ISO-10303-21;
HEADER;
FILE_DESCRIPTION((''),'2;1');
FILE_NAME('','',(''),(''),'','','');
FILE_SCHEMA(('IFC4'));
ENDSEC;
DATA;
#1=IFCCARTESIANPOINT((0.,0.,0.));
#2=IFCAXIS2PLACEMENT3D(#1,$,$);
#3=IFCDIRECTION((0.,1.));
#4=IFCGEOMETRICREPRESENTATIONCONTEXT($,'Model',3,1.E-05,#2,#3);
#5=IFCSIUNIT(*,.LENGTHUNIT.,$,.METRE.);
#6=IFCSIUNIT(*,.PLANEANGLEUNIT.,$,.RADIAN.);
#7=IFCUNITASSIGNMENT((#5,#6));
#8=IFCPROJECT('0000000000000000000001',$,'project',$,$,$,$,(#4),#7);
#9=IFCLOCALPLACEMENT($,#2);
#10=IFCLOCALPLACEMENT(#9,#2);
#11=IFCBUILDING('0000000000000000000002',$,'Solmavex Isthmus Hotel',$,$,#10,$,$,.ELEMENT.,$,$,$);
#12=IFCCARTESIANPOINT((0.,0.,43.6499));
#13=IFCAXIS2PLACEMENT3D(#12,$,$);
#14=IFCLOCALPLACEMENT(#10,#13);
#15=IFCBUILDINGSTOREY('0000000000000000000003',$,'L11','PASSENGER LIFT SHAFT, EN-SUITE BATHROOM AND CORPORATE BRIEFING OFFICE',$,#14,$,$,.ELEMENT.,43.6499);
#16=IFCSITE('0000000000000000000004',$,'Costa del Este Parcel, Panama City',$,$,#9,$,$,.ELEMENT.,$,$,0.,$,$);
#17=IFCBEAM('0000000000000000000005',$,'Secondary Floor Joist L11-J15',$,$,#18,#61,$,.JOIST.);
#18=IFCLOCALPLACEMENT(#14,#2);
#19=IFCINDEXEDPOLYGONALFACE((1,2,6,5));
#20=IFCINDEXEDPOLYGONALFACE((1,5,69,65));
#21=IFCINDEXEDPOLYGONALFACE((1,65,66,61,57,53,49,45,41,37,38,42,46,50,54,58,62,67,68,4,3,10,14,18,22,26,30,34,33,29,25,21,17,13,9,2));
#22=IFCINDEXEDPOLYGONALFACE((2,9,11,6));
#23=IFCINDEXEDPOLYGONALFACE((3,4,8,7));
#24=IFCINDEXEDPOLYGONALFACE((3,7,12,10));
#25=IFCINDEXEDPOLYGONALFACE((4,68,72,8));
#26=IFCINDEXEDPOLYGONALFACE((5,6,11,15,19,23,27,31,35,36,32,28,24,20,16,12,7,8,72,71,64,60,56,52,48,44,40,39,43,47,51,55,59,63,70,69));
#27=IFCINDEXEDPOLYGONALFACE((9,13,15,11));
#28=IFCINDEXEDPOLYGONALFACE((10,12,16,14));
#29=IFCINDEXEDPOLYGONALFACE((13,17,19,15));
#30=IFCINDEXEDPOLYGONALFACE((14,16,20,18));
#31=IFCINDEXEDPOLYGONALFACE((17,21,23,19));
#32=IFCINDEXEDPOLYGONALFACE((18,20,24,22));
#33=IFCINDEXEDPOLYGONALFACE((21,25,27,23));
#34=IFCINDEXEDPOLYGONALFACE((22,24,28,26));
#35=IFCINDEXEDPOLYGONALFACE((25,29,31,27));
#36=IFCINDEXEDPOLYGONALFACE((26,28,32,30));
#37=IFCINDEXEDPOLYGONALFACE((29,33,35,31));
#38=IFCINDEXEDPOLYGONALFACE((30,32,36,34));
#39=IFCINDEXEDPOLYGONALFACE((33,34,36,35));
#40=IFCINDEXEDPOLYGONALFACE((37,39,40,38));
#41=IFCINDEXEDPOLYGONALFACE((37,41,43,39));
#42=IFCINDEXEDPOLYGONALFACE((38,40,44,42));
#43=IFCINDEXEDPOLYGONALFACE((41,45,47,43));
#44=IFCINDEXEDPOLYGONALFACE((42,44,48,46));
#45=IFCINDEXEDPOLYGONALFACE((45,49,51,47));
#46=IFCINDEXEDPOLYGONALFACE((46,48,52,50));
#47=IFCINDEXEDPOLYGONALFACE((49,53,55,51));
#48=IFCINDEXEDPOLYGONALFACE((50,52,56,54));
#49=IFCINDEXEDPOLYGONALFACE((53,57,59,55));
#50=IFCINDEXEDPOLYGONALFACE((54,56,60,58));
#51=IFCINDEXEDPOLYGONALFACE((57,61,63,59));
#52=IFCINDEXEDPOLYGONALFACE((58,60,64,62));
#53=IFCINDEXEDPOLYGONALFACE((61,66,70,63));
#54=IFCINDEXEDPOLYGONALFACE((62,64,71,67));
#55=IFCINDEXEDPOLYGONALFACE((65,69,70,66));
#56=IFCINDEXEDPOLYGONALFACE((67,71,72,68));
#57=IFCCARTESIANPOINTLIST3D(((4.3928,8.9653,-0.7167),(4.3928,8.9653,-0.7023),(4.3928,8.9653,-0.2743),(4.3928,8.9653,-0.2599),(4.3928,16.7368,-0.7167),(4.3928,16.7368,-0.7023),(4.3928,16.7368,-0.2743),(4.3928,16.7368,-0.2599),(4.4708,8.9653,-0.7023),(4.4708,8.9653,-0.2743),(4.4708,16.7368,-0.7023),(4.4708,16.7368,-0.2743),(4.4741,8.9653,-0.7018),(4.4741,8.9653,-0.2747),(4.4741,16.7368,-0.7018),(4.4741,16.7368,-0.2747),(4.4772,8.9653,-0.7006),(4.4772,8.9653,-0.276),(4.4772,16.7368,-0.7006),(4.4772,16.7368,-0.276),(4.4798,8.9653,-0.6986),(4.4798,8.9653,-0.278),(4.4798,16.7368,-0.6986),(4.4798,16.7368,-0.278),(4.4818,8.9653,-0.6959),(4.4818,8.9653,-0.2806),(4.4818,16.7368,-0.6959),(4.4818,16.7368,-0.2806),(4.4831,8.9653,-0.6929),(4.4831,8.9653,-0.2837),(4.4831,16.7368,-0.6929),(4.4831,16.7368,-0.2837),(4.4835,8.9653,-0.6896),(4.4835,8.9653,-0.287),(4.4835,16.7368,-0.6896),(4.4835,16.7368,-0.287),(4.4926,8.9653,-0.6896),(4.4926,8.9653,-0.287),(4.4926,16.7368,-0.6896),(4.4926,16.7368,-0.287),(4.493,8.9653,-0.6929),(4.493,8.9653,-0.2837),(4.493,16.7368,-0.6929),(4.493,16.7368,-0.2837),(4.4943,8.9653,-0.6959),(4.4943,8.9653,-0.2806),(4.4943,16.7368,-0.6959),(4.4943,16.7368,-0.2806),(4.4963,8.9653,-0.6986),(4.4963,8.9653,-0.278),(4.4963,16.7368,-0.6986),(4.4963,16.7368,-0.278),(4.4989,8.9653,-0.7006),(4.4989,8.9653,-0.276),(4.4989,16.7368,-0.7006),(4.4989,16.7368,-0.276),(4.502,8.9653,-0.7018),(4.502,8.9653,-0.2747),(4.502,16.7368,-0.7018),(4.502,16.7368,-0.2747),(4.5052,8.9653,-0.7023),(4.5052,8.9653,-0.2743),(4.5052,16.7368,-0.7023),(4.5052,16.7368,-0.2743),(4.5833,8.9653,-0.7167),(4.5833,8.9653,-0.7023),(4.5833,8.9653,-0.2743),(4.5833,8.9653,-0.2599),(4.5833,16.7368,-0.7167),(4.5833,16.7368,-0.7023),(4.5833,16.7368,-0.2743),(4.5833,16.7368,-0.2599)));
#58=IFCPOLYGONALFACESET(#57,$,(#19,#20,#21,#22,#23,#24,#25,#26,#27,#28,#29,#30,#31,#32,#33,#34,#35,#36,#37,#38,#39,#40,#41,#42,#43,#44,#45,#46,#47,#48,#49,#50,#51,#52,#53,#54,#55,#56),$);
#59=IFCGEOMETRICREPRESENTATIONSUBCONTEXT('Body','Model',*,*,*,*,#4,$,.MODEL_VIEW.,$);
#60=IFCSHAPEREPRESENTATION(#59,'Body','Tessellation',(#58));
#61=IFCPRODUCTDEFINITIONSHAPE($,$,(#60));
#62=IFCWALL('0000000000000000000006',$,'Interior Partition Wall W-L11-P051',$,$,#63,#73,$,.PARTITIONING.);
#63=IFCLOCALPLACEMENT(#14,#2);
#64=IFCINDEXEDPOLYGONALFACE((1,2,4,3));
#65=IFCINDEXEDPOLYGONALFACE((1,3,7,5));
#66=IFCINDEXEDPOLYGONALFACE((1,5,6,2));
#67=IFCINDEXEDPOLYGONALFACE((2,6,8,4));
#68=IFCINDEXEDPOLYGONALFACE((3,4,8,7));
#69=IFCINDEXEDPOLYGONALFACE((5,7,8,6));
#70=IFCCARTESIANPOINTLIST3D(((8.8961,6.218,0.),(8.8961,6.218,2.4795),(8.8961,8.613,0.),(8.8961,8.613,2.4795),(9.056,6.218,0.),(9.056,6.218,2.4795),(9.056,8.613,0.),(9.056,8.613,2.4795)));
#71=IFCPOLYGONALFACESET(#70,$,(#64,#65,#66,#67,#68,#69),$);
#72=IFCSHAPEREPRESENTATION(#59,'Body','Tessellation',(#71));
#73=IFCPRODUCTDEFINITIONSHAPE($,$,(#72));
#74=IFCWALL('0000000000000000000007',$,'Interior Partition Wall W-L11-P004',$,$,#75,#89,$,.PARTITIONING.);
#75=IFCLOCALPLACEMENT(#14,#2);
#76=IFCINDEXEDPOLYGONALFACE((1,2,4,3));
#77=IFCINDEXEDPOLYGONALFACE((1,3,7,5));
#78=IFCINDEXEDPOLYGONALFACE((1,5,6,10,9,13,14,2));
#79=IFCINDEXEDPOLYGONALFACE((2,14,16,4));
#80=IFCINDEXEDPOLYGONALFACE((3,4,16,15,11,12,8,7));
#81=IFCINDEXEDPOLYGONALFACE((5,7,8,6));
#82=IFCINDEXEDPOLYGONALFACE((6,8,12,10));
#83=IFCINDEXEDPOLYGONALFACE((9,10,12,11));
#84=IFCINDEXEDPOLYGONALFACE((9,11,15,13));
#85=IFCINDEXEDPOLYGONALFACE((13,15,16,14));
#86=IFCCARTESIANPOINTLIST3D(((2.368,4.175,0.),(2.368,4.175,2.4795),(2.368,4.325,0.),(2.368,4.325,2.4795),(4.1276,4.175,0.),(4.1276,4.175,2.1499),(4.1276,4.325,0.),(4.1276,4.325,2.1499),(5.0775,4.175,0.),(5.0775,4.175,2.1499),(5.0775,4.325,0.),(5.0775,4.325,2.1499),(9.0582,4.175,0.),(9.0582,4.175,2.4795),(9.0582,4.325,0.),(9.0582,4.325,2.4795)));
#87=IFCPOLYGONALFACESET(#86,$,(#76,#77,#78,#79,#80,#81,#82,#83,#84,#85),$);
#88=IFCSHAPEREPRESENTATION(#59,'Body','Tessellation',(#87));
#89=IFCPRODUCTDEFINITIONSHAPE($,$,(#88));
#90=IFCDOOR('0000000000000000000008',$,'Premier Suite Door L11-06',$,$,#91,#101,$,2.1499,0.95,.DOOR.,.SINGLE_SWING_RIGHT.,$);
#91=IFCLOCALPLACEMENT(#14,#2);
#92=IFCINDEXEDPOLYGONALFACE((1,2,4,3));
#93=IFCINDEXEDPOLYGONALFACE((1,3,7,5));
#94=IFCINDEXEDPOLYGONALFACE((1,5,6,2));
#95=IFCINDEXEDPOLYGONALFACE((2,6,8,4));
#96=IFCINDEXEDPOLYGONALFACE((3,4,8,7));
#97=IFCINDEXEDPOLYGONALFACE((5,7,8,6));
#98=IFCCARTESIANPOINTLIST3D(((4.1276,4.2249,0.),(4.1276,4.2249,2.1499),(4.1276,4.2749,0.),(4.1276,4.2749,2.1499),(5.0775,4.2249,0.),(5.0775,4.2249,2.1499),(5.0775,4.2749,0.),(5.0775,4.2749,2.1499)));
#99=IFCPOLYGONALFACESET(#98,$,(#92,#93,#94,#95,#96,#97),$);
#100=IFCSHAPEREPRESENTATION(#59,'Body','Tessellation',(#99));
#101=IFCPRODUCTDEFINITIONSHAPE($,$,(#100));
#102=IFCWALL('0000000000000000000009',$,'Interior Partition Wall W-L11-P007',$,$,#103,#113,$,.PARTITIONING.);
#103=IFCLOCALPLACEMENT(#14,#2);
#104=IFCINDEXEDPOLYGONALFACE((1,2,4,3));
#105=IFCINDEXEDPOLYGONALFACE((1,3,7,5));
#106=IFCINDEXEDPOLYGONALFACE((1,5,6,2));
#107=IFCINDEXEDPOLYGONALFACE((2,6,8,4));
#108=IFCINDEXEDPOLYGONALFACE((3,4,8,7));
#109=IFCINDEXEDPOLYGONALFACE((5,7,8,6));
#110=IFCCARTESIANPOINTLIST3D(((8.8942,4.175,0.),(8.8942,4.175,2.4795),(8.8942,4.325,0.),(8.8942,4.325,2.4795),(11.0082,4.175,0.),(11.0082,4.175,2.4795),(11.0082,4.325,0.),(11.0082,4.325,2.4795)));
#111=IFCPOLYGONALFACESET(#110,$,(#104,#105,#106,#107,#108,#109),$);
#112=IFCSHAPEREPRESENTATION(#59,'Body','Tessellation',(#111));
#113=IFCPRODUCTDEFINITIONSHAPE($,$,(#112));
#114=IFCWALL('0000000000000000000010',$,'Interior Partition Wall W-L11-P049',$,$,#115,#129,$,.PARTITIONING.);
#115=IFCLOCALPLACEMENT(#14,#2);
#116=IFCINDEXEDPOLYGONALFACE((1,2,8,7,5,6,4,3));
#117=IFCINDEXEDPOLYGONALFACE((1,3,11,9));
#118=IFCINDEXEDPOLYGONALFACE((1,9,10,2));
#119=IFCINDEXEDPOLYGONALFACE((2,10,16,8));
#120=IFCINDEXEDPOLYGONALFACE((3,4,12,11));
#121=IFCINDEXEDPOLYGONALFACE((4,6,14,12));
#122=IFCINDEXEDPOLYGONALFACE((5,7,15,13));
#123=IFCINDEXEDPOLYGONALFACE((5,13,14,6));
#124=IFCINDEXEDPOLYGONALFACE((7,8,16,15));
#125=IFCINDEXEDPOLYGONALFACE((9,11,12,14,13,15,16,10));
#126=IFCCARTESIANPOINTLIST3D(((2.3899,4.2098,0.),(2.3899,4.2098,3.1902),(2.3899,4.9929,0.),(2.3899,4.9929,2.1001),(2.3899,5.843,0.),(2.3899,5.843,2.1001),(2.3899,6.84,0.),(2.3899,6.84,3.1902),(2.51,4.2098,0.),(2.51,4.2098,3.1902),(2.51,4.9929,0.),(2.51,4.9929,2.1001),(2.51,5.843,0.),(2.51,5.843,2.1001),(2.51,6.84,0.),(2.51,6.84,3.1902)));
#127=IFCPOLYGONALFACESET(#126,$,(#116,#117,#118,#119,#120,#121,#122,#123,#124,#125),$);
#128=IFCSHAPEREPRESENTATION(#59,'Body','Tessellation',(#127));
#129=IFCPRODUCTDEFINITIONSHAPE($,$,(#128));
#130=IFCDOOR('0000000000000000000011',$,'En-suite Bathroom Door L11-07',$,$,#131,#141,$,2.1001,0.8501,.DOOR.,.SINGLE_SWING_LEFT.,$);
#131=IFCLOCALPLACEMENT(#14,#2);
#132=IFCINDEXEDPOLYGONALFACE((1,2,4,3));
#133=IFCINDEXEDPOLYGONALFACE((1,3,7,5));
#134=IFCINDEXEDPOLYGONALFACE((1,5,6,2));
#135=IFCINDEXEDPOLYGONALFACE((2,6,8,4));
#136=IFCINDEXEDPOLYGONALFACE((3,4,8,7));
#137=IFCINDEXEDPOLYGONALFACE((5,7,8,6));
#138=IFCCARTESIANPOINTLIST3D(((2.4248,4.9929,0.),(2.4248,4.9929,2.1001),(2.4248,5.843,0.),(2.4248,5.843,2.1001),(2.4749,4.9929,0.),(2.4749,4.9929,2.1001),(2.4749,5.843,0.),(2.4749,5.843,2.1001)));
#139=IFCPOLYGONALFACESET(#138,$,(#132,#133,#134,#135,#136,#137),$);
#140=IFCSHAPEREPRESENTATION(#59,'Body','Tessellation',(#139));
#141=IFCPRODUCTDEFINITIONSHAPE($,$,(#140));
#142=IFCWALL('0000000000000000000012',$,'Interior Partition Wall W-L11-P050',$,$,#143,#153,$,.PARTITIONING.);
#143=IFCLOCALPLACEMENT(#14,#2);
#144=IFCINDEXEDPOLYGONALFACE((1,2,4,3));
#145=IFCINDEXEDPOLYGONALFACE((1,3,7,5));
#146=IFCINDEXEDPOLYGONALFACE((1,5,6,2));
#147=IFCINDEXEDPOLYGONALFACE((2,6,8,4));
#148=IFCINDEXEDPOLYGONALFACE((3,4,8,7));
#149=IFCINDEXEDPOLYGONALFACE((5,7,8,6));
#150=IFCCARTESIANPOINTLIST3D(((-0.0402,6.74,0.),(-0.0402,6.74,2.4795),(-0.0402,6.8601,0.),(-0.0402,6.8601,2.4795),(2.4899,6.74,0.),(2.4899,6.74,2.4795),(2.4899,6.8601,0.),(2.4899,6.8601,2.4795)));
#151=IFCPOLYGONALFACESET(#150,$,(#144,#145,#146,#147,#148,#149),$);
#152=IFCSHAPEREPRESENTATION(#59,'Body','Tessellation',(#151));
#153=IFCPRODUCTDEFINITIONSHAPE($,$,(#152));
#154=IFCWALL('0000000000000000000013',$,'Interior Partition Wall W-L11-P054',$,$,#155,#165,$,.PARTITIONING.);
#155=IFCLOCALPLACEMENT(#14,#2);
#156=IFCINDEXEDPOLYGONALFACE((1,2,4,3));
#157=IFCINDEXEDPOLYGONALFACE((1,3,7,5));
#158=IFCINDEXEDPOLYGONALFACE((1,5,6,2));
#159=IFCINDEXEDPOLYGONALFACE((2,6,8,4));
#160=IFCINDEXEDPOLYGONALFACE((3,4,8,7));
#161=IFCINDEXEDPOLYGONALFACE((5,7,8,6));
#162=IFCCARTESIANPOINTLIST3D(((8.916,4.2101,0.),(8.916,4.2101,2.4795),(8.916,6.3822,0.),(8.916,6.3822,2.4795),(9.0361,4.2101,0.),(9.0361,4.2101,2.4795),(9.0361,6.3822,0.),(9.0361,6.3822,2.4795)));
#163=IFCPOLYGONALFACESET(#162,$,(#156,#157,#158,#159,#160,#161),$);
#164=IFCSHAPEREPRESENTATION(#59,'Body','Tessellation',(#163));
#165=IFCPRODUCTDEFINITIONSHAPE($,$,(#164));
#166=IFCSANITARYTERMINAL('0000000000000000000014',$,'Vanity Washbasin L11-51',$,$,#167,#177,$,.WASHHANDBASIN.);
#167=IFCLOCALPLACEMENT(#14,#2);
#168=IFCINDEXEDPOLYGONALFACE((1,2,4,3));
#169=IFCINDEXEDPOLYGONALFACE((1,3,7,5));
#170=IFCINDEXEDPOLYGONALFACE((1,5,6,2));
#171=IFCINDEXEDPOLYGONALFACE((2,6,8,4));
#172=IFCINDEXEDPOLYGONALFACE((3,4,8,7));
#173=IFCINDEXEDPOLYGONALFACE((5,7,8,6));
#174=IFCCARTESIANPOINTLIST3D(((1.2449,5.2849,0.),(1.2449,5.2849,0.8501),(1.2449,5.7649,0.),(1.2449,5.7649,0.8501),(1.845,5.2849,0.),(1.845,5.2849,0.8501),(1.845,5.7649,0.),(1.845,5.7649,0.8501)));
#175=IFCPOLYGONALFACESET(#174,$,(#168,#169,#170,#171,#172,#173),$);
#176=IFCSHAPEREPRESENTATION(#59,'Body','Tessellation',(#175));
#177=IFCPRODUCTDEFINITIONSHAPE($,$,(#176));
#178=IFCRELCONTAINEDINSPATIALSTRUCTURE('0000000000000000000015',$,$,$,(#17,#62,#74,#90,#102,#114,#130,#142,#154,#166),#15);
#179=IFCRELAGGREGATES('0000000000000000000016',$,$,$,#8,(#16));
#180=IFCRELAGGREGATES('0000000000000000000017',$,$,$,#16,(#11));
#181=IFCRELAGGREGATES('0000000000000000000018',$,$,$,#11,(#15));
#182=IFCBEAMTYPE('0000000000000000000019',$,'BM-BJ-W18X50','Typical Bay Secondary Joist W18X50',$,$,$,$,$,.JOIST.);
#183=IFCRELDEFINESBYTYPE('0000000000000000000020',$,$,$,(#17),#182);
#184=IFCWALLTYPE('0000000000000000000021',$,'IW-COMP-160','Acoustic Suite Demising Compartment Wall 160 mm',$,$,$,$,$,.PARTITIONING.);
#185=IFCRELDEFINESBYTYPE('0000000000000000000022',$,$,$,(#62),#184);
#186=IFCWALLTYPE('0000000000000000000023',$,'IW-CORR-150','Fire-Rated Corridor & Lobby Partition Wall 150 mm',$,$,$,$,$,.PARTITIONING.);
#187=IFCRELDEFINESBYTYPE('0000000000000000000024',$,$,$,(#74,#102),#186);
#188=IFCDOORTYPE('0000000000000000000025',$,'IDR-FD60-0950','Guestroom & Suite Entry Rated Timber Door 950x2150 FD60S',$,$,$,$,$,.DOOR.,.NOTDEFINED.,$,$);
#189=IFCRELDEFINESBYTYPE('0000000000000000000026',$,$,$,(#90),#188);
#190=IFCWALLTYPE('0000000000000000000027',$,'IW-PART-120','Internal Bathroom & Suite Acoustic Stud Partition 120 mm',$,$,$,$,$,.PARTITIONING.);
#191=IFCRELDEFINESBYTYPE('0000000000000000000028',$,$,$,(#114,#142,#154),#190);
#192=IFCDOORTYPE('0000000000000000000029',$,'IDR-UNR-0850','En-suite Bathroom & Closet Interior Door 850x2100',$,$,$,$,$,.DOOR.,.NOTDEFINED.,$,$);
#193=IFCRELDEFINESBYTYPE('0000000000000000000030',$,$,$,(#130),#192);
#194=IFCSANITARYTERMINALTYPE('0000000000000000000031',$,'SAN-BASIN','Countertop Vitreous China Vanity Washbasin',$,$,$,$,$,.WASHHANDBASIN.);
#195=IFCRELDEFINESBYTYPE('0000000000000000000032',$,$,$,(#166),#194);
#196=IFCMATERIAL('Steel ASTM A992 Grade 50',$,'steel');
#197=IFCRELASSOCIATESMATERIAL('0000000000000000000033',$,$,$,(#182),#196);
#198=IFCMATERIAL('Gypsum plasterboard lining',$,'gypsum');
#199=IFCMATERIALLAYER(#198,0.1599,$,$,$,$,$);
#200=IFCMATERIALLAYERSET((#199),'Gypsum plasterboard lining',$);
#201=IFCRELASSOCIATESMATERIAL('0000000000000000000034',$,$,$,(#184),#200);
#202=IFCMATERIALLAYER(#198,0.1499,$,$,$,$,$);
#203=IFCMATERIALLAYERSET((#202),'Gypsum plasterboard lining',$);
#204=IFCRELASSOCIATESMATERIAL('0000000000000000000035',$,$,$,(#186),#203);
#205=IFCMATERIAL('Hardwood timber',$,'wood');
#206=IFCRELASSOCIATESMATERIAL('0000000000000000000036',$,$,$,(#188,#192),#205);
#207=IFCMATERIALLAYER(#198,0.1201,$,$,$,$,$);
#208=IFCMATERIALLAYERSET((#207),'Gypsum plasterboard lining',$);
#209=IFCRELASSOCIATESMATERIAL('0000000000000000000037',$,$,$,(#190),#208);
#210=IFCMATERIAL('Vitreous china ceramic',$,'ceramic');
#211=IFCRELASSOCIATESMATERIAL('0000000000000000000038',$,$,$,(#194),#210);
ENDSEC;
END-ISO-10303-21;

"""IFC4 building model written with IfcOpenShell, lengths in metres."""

from ifc_helpers import new_model, si_unit, direction, frame, frame_2d, origin, origin_2d, place, context, subcontext, project, spatial, rectangle, i_section, extrude, material, layer, layer_set, material_profile, profile_set, type_object, element, fill, save


model = new_model("IFC4")

# Units and contexts
model_context = context("Model", 3, precision=1e-05, world=origin(), true_north=direction((0.0, 1.0)))
body_context = subcontext(model_context, "Body", "Model", "MODEL_VIEW")
ifc_project = project(units=[si_unit("LENGTHUNIT", "METRE"), si_unit("PLANEANGLEUNIT", "RADIAN")], contexts=[model_context])

# Site, building, storey
site_placement = place(None, origin())
site = spatial("IfcSite", under=ifc_project, at=site_placement, Name="Costa del Este Parcel, Panama City", CompositionType="ELEMENT", RefElevation=0.0)
building_placement = place(site_placement, origin())
building = spatial("IfcBuilding", under=site, at=building_placement, Name="Solmavex Isthmus Hotel", CompositionType="ELEMENT")
storey_placement = place(building_placement, frame((0.0, 0.0, 43.6499)))
storey = spatial("IfcBuildingStorey", under=building, at=storey_placement, Name="L11", Description="PASSENGER LIFT SHAFT, EN-SUITE BATHROOM AND CORPORATE BRIEFING OFFICE", CompositionType="ELEMENT", Elevation=43.6499)

# Beam
ifc_material_1 = material(Name="Steel ASTM A992 Grade 50", Category="steel")
ifc_material_profile_1 = material_profile(ifc_material_1, i_section(OverallWidth=0.1904, OverallDepth=0.4568, WebThickness=0.009, FlangeThickness=0.0144, FilletRadius=0.0127, at=origin_2d()), Name="W18X50")
ifc_profile_set_1 = profile_set([ifc_material_profile_1], Name="Steel ASTM A992 Grade 50")
beam_type_1 = type_object("IfcBeamType", Name="BM-BJ-W18X50", Description="Typical Bay Secondary Joist W18X50", PredefinedType="JOIST", material=ifc_profile_set_1)
beam_1_placement = place(storey_placement, frame((4.488, 8.9653, -0.4883), z_axis=(0.0, 1.0, 0.0), x_axis=(-1.0, 0.0, 0.0)))
element("IfcBeam", 1, at=beam_1_placement, inside=storey, type_object=beam_type_1, Name="Secondary Floor Joist L11-J15", PredefinedType="JOIST", context=body_context, shape_type="SweptSolid", body=[
    extrude(i_section(OverallWidth=0.1904, OverallDepth=0.4568, WebThickness=0.009, FlangeThickness=0.0144, FilletRadius=0.0127, at=origin_2d()), origin(), (0.0, 0.0, 1.0), 7.7715),
])

# Wall
ifc_material_2 = material(Name="Gypsum plasterboard lining", Category="gypsum")
ifc_layer_1 = layer(ifc_material_2, 0.1599)
ifc_layer_set_1 = layer_set([ifc_layer_1], Name="Gypsum plasterboard lining")
wall_type_1 = type_object("IfcWallType", Name="IW-COMP-160", Description="Acoustic Suite Demising Compartment Wall 160 mm", PredefinedType="PARTITIONING", material=ifc_layer_set_1)
wall_1_placement = place(storey_placement, frame((8.9761, 8.613, 0.0), z_axis=(0.0, 0.0, 1.0), x_axis=(0.0, -1.0, 0.0)))
element("IfcWall", 2, at=wall_1_placement, inside=storey, type_object=wall_type_1, Name="Interior Partition Wall W-L11-P051", PredefinedType="PARTITIONING", context=body_context, shape_type="SweptSolid", body=[
    extrude(rectangle(XDim=2.395, YDim=0.1599, at=frame_2d((1.1975, 0.0))), origin(), (0.0, 0.0, 1.0), 2.4795),
])

# Wall, opening, door
ifc_layer_2 = layer(ifc_material_2, 0.1499)
ifc_layer_set_2 = layer_set([ifc_layer_2], Name="Gypsum plasterboard lining")
wall_type_2 = type_object("IfcWallType", Name="IW-CORR-150", Description="Fire-Rated Corridor & Lobby Partition Wall 150 mm", PredefinedType="PARTITIONING", material=ifc_layer_set_2)
wall_2_placement = place(storey_placement, frame((2.3679, 4.25, 0.0), z_axis=(0.0, 0.0, 1.0), x_axis=(1.0, 0.0, 0.0)))
wall_2 = element("IfcWall", 3, at=wall_2_placement, inside=storey, type_object=wall_type_2, Name="Interior Partition Wall W-L11-P004", PredefinedType="PARTITIONING", context=body_context, shape_type="SweptSolid", body=[
    extrude(rectangle(XDim=6.6902, YDim=0.1499, at=frame_2d((3.3452, 0.0))), origin(), (0.0, 0.0, 1.0), 2.4795),
])
opening_1_placement = place(wall_2_placement, frame((1.7595, 0.0, 0.0)))
opening_1 = element("IfcOpeningElement", 4, at=opening_1_placement, cuts=wall_2, PredefinedType="OPENING", context=body_context, shape_type="SweptSolid", body=[
    extrude(rectangle(XDim=0.95, YDim=2.1499, at=frame_2d((0.4751, 1.075))), frame((0.0, 0.085, 0.0), z_axis=(0.0, -1.0, 0.0), x_axis=(1.0, 0.0, 0.0)), (0.0, 0.0, 1.0), 0.1699),
])
ifc_material_3 = material(Name="Hardwood timber", Category="wood")
door_type_1 = type_object("IfcDoorType", Name="IDR-FD60-0950", Description="Guestroom & Suite Entry Rated Timber Door 950x2150 FD60S", OperationType="NOTDEFINED", PredefinedType="DOOR", material=ifc_material_3)
door_1_placement = place(opening_1_placement, origin())
door_1 = element("IfcDoor", 5, at=door_1_placement, inside=storey, type_object=door_type_1, Name="Premier Suite Door L11-06", OperationType="SINGLE_SWING_RIGHT", OverallHeight=2.1499, OverallWidth=0.95, PredefinedType="DOOR", context=body_context, shape_type="SweptSolid", body=[
    extrude(rectangle(XDim=0.95, YDim=2.1499, at=frame_2d((0.4751, 1.075))), frame((0.0, 0.0249, 0.0), z_axis=(0.0, -1.0, 0.0), x_axis=(1.0, 0.0, 0.0)), (0.0, 0.0, 1.0), 0.05),
])
fill(opening_1, door_1)

# Wall
wall_3_placement = place(storey_placement, frame((8.894, 4.25, 0.0), z_axis=(0.0, 0.0, 1.0), x_axis=(1.0, 0.0, 0.0)))
element("IfcWall", 6, at=wall_3_placement, inside=storey, type_object=wall_type_2, Name="Interior Partition Wall W-L11-P007", PredefinedType="PARTITIONING", context=body_context, shape_type="SweptSolid", body=[
    extrude(rectangle(XDim=2.114, YDim=0.1499, at=frame_2d((1.0571, 0.0))), origin(), (0.0, 0.0, 1.0), 2.4795),
])

# Wall, opening, door
ifc_layer_3 = layer(ifc_material_2, 0.1201)
ifc_layer_set_3 = layer_set([ifc_layer_3], Name="Gypsum plasterboard lining")
wall_type_3 = type_object("IfcWallType", Name="IW-PART-120", Description="Internal Bathroom & Suite Acoustic Stud Partition 120 mm", PredefinedType="PARTITIONING", material=ifc_layer_set_3)
wall_4_placement = place(storey_placement, frame((2.45, 4.21, 0.0), z_axis=(0.0, 0.0, 1.0), x_axis=(0.0, 1.0, 0.0)))
wall_4 = element("IfcWall", 7, at=wall_4_placement, inside=storey, type_object=wall_type_3, Name="Interior Partition Wall W-L11-P049", PredefinedType="PARTITIONING", context=body_context, shape_type="SweptSolid", body=[
    extrude(rectangle(XDim=2.6301, YDim=0.1201, at=frame_2d((1.3149, 0.0))), origin(), (0.0, 0.0, 1.0), 3.1902),
])
opening_2_placement = place(wall_4_placement, frame((0.783, 0.0, 0.0)))
opening_2 = element("IfcOpeningElement", 8, at=opening_2_placement, cuts=wall_4, PredefinedType="OPENING", context=body_context, shape_type="SweptSolid", body=[
    extrude(rectangle(XDim=0.8501, YDim=2.1001, at=frame_2d((0.425, 1.05))), frame((0.0, 0.0701, 0.0), z_axis=(0.0, -1.0, 0.0), x_axis=(1.0, 0.0, 0.0)), (0.0, 0.0, 1.0), 0.1401),
])
door_type_2 = type_object("IfcDoorType", Name="IDR-UNR-0850", Description="En-suite Bathroom & Closet Interior Door 850x2100", OperationType="NOTDEFINED", PredefinedType="DOOR", material=ifc_material_3)
door_2_placement = place(opening_2_placement, frame((0.8501, 0.0, 0.0), z_axis=(0.0, 0.0, 1.0), x_axis=(-1.0, 0.0, 0.0)))
door_2 = element("IfcDoor", 9, at=door_2_placement, inside=storey, type_object=door_type_2, Name="En-suite Bathroom Door L11-07", OperationType="SINGLE_SWING_LEFT", OverallHeight=2.1001, OverallWidth=0.8501, PredefinedType="DOOR", context=body_context, shape_type="SweptSolid", body=[
    extrude(rectangle(XDim=0.8501, YDim=2.1001, at=frame_2d((0.425, 1.05))), frame((0.0, 0.0249, 0.0), z_axis=(0.0, -1.0, 0.0), x_axis=(1.0, 0.0, 0.0)), (0.0, 0.0, 1.0), 0.05),
])
fill(opening_2, door_2)

# Walls
wall_5_placement = place(storey_placement, frame((2.49, 6.8, 0.0), z_axis=(0.0, 0.0, 1.0), x_axis=(-1.0, 0.0, 0.0)))
element("IfcWall", 10, at=wall_5_placement, inside=storey, type_object=wall_type_3, Name="Interior Partition Wall W-L11-P050", PredefinedType="PARTITIONING", context=body_context, shape_type="SweptSolid", body=[
    extrude(rectangle(XDim=2.53, YDim=0.1201, at=frame_2d((1.2651, 0.0))), origin(), (0.0, 0.0, 1.0), 2.4795),
])
wall_6_placement = place(storey_placement, frame((8.9761, 6.3821, 0.0), z_axis=(0.0, 0.0, 1.0), x_axis=(0.0, -1.0, 0.0)))
element("IfcWall", 11, at=wall_6_placement, inside=storey, type_object=wall_type_3, Name="Interior Partition Wall W-L11-P054", PredefinedType="PARTITIONING", context=body_context, shape_type="SweptSolid", body=[
    extrude(rectangle(XDim=2.1721, YDim=0.1201, at=frame_2d((1.0859, 0.0))), origin(), (0.0, 0.0, 1.0), 2.4795),
])

# Sanitary terminal
ifc_material_4 = material(Name="Vitreous china ceramic", Category="ceramic")
sanitary_terminal_type_1 = type_object("IfcSanitaryTerminalType", Name="SAN-BASIN", Description="Countertop Vitreous China Vanity Washbasin", PredefinedType="WASHHANDBASIN", material=ifc_material_4)
sanitary_terminal_1_placement = place(storey_placement, frame((1.5449, 5.5249, 0.0), z_axis=(0.0, 0.0, 1.0), x_axis=(1.0, 0.0, 0.0)))
element("IfcSanitaryTerminal", 12, at=sanitary_terminal_1_placement, inside=storey, type_object=sanitary_terminal_type_1, Name="Vanity Washbasin L11-51", PredefinedType="WASHHANDBASIN", context=body_context, shape_type="SweptSolid", body=[
    extrude(rectangle(XDim=0.6001, YDim=0.48, at=origin_2d()), origin(), (0.0, 0.0, 1.0), 0.8501),
])

save(model, "model.ifc")
